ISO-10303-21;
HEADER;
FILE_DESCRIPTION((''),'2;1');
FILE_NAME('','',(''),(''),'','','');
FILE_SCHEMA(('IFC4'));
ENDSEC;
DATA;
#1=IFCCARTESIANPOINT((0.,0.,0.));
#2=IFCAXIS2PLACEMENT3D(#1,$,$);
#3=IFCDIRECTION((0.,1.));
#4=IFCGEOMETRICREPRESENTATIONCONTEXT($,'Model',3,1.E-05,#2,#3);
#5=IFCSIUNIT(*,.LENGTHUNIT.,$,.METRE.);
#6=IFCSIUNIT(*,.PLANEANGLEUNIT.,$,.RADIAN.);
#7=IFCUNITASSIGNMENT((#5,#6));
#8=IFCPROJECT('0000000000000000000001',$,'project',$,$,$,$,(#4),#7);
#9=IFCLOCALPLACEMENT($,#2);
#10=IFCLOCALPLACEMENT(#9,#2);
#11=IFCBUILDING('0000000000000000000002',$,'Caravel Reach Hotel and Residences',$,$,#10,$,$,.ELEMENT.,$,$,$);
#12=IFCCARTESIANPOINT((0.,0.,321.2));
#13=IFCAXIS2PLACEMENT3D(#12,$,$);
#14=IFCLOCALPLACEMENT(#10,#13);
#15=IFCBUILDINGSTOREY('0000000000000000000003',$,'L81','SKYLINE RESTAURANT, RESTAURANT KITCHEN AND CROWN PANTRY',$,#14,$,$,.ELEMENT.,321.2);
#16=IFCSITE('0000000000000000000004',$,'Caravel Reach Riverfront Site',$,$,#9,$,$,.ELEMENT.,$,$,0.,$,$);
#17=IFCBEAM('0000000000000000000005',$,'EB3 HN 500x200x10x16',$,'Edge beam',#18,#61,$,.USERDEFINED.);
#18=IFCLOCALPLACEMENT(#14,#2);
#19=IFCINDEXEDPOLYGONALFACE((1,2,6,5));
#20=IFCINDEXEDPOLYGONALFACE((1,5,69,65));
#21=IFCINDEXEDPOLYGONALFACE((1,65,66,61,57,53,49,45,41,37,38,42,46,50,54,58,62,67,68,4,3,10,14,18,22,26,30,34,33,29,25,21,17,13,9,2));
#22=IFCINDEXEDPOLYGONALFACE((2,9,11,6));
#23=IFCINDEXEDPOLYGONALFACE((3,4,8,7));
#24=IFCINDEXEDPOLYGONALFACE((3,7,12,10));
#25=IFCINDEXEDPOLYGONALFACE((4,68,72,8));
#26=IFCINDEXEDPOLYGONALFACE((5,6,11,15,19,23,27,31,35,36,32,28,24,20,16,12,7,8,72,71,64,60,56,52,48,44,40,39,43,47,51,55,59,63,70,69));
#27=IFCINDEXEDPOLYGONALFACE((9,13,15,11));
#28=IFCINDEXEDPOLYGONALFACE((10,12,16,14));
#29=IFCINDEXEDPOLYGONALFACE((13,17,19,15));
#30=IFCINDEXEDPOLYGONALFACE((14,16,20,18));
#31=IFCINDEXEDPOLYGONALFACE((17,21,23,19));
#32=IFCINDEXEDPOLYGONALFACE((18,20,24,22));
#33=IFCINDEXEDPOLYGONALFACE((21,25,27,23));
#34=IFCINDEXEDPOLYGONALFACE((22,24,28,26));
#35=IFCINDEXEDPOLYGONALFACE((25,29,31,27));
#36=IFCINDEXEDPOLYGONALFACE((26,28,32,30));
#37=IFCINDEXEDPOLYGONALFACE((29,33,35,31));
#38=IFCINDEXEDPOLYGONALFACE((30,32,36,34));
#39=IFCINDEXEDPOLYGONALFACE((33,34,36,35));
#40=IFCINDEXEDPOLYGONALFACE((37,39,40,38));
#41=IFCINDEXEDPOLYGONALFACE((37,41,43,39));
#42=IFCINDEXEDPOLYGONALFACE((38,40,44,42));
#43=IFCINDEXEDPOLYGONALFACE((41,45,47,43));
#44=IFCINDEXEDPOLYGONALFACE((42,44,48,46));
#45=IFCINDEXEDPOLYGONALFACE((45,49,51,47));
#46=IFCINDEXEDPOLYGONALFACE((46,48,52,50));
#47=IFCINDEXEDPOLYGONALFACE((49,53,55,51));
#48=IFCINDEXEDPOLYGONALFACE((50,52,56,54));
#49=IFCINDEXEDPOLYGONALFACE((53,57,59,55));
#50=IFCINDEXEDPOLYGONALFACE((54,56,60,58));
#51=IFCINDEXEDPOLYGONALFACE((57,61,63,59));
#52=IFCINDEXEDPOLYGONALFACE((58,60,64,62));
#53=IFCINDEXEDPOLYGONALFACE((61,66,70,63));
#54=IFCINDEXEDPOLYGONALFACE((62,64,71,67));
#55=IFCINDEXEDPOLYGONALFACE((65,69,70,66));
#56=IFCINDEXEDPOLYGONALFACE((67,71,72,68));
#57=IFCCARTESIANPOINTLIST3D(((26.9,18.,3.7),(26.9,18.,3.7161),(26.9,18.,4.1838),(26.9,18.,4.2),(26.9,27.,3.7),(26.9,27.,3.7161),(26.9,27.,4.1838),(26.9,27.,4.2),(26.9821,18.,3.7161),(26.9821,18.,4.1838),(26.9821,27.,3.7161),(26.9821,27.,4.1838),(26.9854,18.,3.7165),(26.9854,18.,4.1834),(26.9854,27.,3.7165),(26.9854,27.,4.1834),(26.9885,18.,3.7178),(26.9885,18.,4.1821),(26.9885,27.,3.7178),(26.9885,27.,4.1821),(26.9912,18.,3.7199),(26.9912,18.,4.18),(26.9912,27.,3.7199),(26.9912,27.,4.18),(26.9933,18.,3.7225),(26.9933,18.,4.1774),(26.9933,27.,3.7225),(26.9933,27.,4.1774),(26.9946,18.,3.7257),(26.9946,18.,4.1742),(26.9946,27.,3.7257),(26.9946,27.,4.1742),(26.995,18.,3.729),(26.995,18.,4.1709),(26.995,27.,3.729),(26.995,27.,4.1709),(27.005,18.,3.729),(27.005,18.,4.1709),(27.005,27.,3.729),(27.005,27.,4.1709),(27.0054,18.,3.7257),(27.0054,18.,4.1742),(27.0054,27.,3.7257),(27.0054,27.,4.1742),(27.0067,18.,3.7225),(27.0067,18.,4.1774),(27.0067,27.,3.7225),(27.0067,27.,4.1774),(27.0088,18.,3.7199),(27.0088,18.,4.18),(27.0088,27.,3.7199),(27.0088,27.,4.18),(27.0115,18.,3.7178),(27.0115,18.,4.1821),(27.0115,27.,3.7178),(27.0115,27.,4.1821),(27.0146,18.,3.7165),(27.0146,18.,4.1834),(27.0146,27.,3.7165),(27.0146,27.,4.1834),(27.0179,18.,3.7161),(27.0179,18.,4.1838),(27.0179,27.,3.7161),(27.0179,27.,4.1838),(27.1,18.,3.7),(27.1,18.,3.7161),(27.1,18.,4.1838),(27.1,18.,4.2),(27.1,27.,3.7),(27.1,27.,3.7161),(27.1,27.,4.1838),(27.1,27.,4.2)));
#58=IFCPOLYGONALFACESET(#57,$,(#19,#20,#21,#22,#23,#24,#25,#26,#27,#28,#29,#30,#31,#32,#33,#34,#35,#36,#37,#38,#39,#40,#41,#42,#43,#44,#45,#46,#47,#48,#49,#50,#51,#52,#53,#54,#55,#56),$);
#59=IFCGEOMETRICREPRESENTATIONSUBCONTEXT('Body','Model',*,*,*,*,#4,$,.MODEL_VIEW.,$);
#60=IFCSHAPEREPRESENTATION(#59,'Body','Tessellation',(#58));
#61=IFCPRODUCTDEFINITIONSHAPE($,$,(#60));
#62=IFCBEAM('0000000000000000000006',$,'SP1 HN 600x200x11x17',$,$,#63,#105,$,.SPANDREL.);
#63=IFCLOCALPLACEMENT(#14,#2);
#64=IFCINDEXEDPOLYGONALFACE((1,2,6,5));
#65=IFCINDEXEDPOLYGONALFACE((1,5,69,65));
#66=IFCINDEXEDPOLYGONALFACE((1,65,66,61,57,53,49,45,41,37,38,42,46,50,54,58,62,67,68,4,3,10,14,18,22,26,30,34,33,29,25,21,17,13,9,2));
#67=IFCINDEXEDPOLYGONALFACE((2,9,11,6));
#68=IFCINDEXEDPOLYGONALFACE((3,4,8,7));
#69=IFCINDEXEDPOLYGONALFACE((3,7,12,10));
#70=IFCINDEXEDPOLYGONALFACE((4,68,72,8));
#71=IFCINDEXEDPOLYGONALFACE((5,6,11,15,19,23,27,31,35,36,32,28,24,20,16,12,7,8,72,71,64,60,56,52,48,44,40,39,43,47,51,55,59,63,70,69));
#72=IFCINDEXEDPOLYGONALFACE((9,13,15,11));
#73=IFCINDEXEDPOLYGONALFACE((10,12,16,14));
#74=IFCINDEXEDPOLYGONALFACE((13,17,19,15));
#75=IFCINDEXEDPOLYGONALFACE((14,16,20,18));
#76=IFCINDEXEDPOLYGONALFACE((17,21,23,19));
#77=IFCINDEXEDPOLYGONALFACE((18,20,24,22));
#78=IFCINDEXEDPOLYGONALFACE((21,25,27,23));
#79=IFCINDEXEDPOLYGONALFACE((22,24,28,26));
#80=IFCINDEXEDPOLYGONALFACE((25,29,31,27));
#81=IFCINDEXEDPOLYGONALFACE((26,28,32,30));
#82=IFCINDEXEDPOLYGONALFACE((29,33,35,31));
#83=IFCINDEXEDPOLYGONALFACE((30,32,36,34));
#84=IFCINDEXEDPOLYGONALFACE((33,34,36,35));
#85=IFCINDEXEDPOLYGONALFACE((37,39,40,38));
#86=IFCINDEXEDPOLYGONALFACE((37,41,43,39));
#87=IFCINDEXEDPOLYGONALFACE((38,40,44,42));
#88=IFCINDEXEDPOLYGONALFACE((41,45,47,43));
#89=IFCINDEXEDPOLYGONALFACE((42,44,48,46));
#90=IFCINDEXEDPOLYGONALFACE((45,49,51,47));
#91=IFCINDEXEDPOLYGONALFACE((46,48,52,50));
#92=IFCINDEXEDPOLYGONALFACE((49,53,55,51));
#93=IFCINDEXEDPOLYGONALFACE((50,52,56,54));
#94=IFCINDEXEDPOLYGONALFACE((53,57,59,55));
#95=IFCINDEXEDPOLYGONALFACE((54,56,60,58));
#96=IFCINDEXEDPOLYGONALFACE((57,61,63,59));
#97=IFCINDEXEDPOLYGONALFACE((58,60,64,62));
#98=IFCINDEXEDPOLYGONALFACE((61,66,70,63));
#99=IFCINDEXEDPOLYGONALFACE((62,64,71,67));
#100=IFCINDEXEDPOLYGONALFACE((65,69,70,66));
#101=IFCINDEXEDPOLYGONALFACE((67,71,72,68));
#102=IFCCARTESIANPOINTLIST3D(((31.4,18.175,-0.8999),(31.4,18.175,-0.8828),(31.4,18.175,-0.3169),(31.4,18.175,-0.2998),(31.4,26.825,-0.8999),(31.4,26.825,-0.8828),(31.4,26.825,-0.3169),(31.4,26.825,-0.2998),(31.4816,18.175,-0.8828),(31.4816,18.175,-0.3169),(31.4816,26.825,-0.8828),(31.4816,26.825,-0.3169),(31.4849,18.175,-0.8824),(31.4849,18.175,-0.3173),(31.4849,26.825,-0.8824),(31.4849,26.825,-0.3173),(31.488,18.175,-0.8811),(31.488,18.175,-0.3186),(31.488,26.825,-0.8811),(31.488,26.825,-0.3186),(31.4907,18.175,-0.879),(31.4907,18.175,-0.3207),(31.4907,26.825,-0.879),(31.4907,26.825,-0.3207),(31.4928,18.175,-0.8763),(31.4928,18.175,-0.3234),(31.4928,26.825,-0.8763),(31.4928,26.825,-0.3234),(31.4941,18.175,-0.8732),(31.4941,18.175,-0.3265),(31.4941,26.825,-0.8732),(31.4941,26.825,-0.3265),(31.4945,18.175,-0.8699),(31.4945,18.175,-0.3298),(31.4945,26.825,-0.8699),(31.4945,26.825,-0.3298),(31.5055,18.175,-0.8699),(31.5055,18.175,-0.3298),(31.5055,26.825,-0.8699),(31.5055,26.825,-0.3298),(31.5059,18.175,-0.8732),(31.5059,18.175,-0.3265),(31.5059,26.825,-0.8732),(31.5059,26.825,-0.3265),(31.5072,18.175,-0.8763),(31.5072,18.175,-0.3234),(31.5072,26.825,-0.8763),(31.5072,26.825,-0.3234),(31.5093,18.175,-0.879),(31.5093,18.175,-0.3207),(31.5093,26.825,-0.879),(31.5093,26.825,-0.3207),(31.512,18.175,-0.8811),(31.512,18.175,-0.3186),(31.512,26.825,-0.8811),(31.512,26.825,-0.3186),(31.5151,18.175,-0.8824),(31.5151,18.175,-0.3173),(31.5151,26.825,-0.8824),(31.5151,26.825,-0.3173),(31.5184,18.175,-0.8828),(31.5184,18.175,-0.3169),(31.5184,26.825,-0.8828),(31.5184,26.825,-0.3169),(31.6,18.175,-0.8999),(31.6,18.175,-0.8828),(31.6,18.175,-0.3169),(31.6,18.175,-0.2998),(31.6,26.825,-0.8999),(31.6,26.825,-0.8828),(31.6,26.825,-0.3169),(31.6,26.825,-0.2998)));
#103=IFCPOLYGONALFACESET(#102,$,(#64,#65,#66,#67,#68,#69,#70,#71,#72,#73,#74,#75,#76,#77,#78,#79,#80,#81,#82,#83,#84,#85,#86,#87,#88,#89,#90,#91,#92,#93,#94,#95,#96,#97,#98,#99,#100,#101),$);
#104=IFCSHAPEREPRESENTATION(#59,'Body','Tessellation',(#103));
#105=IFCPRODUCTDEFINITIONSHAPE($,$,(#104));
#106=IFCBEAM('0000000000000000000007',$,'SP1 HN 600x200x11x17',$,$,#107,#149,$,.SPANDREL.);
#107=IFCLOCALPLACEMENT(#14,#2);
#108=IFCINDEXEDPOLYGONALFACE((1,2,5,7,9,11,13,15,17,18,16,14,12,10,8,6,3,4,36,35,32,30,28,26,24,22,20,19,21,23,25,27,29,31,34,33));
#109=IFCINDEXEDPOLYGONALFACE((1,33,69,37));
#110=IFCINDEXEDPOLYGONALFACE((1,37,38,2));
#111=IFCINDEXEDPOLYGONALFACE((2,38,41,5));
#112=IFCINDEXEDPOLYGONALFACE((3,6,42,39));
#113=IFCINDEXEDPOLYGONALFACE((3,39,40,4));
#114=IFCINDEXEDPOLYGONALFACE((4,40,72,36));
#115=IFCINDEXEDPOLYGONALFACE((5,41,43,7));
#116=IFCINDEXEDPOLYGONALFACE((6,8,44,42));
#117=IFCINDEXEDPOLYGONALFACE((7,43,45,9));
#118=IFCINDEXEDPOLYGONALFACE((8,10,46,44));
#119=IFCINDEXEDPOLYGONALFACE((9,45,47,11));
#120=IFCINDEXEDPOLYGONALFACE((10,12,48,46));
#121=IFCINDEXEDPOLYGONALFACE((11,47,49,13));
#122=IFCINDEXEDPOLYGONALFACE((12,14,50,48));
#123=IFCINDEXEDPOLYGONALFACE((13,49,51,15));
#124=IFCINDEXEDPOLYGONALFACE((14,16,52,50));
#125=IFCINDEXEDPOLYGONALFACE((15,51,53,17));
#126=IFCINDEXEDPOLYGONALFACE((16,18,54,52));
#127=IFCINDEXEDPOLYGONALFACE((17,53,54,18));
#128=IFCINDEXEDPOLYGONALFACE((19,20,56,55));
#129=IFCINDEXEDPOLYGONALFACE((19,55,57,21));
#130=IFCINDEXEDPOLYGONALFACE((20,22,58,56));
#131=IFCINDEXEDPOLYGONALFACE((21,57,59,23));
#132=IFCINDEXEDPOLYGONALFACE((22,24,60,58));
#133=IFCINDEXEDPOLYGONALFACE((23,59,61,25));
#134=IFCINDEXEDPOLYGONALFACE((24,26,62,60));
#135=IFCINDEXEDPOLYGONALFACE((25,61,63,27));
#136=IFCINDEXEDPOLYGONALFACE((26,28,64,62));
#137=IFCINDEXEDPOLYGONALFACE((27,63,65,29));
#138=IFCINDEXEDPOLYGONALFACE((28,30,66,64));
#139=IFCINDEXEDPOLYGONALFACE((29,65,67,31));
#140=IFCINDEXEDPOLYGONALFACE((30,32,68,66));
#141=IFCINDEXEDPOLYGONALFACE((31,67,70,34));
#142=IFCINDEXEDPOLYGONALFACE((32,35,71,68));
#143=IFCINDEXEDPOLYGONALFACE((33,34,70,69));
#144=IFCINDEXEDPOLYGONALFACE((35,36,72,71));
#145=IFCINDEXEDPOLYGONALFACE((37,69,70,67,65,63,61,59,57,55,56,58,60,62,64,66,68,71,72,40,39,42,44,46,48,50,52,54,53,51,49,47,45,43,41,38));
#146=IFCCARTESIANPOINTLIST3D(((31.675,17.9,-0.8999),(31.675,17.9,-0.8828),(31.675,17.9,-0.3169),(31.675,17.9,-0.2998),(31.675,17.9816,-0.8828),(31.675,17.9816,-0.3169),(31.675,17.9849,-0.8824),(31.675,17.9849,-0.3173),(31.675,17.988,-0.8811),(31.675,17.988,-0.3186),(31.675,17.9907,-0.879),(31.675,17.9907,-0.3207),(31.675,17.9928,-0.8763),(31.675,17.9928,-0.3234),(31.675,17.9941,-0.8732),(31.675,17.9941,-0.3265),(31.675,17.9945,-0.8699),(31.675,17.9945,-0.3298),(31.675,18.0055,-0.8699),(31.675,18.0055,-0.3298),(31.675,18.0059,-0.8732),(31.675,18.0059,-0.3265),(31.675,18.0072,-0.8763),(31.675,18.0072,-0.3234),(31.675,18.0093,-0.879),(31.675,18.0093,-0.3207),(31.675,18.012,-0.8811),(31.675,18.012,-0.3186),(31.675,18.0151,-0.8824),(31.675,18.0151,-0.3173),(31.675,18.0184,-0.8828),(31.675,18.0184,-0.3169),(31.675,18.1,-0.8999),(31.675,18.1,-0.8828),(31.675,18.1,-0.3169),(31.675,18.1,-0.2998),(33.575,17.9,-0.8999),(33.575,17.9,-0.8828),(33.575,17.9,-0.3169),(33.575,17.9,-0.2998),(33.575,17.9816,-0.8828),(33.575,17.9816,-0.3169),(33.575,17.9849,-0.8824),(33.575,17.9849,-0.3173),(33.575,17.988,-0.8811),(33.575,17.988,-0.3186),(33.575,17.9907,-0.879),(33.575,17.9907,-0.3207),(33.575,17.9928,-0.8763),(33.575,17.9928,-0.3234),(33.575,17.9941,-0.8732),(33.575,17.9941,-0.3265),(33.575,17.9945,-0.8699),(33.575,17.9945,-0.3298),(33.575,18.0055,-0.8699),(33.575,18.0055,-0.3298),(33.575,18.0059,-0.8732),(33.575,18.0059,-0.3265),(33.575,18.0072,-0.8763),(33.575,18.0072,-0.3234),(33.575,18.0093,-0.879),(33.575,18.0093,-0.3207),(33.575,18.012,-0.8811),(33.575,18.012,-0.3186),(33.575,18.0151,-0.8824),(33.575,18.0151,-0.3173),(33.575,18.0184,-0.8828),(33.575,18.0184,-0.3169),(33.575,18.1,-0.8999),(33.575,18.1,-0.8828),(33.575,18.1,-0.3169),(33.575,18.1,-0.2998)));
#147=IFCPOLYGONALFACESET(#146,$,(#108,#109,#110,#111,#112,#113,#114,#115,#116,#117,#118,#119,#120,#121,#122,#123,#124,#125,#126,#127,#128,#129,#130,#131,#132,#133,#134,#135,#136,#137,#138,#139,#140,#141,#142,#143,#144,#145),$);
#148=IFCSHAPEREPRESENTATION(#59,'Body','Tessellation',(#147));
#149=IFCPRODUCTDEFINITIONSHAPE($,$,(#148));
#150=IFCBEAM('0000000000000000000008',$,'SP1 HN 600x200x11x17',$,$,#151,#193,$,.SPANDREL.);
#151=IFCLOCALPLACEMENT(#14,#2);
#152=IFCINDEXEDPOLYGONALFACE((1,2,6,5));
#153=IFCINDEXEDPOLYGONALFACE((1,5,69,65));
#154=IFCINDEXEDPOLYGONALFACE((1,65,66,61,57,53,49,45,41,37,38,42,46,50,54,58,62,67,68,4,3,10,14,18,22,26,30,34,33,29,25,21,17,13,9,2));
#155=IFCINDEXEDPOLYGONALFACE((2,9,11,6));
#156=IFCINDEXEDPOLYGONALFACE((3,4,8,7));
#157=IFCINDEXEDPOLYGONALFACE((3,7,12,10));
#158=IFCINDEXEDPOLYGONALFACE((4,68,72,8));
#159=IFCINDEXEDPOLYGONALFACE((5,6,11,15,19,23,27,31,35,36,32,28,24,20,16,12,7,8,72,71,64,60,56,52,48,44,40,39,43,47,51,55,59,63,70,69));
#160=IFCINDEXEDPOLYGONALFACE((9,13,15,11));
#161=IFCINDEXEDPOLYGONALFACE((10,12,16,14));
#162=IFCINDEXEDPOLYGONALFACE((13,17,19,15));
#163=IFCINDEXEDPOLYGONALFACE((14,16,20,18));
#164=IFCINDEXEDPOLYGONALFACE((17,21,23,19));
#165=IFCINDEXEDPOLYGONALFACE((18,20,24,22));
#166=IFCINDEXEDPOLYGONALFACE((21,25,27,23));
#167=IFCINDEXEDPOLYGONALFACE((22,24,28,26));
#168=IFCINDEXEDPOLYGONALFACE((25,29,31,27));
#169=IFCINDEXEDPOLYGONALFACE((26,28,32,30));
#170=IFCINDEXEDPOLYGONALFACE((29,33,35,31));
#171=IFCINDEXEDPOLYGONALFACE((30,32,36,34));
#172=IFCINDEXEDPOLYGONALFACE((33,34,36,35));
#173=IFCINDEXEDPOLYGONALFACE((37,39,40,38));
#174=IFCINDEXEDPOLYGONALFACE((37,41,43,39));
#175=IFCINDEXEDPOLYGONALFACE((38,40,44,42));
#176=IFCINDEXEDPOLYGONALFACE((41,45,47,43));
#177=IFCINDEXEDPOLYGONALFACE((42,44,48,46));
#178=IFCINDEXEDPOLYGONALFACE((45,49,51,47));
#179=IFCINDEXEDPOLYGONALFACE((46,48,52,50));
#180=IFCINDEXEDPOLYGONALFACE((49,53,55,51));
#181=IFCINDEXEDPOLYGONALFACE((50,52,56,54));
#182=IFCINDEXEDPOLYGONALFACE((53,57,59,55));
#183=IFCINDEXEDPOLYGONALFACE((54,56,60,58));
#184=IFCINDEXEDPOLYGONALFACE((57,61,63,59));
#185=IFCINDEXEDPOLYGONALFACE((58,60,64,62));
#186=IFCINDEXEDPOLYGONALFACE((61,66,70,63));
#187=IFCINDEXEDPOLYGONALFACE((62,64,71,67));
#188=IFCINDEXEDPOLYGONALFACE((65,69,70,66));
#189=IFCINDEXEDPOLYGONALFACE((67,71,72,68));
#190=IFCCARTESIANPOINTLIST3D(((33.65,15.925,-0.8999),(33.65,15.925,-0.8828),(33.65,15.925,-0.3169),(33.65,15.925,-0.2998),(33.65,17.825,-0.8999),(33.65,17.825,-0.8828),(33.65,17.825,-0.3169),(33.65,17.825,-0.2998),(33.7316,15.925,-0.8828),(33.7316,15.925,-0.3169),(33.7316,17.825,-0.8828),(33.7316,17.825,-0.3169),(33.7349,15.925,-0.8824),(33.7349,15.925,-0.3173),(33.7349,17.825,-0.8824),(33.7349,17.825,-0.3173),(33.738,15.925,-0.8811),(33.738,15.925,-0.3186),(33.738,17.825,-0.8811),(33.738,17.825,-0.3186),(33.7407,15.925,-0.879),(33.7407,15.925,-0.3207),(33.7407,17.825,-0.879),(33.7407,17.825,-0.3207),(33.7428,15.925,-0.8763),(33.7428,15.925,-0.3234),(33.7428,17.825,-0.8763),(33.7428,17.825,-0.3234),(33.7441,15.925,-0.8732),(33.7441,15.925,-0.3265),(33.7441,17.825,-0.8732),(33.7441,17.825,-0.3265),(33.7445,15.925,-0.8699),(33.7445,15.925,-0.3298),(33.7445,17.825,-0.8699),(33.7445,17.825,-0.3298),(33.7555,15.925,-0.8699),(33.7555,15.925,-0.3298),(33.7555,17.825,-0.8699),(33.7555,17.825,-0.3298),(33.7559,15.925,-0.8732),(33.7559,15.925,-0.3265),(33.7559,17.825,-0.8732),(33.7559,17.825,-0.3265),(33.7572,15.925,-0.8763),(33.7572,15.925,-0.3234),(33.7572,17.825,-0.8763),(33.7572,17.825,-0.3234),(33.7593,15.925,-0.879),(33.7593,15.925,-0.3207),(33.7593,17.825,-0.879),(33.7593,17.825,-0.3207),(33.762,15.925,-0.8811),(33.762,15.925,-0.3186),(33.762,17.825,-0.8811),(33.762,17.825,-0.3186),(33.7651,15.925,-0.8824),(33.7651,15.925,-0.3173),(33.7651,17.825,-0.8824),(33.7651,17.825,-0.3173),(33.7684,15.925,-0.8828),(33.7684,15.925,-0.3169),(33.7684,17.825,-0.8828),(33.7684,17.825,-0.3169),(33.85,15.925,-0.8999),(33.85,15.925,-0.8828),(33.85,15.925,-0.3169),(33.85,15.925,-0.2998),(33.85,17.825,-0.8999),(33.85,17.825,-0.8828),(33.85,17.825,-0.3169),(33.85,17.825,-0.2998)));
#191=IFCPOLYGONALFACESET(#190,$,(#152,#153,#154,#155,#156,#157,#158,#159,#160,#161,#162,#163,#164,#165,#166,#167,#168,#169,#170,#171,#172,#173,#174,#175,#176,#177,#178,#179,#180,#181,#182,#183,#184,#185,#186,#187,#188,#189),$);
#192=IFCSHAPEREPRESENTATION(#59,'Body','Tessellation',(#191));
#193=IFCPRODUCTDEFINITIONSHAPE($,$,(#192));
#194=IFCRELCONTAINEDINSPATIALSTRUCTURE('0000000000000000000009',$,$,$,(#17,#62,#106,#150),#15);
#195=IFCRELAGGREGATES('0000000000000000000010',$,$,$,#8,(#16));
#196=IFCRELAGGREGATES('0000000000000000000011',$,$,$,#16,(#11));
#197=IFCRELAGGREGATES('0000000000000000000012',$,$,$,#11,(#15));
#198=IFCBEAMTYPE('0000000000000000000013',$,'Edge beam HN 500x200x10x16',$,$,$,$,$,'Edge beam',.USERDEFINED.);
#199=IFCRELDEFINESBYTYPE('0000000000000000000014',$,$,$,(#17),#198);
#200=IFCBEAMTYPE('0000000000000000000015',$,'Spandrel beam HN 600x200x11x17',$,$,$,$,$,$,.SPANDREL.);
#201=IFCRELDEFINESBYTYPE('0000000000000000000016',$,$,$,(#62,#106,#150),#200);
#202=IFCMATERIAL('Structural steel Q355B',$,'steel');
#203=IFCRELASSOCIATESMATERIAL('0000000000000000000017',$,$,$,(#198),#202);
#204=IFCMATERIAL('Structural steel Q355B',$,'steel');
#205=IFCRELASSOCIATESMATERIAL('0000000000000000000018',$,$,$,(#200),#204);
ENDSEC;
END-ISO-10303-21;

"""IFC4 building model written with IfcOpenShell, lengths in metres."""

from ifc_helpers import new_model, si_unit, direction, frame, origin, origin_2d, place, context, subcontext, project, spatial, i_section, extrude, material, material_profile, profile_set, type_object, element, save


model = new_model("IFC4")

# Units and contexts
model_context = context("Model", 3, precision=1e-05, world=origin(), true_north=direction((0.0, 1.0)))
body_context = subcontext(model_context, "Body", "Model", "MODEL_VIEW")
ifc_project = project(units=[si_unit("LENGTHUNIT", "METRE"), si_unit("PLANEANGLEUNIT", "RADIAN")], contexts=[model_context])

# Site, building, storey
site_placement = place(None, origin())
site = spatial("IfcSite", under=ifc_project, at=site_placement, Name="Caravel Reach Riverfront Site", CompositionType="ELEMENT", RefElevation=0.0)
building_placement = place(site_placement, origin())
building = spatial("IfcBuilding", under=site, at=building_placement, Name="Caravel Reach Hotel and Residences", CompositionType="ELEMENT")
storey_placement = place(building_placement, frame((0.0, 0.0, 321.2)))
storey = spatial("IfcBuildingStorey", under=building, at=storey_placement, Name="L81", Description="SKYLINE RESTAURANT, RESTAURANT KITCHEN AND CROWN PANTRY", CompositionType="ELEMENT", Elevation=321.2)

# Beams
ifc_material_1 = material(Name="Structural steel Q355B", Category="steel")
ifc_material_profile_1 = material_profile(ifc_material_1, i_section(OverallWidth=0.2, OverallDepth=0.5, WebThickness=0.01, FlangeThickness=0.0161, FilletRadius=0.0129, at=origin_2d()), Name="HN 500x200x10x16")
ifc_profile_set_1 = profile_set([ifc_material_profile_1], Name="Structural steel Q355B")
beam_type_1 = type_object("IfcBeamType", Name="Edge beam HN 500x200x10x16", ElementType="Edge beam", PredefinedType="USERDEFINED", material=ifc_profile_set_1)
beam_1_placement = place(storey_placement, frame((27.0, 18.0, 3.95), z_axis=(0.0, 1.0, 0.0), x_axis=(-1.0, 0.0, 0.0)))
element("IfcBeam", 1, at=beam_1_placement, inside=storey, type_object=beam_type_1, Name="EB3 HN 500x200x10x16", ObjectType="Edge beam", PredefinedType="USERDEFINED", context=body_context, shape_type="SweptSolid", body=[
    extrude(i_section(OverallWidth=0.2, OverallDepth=0.5, WebThickness=0.01, FlangeThickness=0.0161, FilletRadius=0.0129, at=origin_2d()), origin(), (0.0, 0.0, 1.0), 9.0),
])
ifc_material_2 = material(Name="Structural steel Q355B", Category="steel")
ifc_material_profile_2 = material_profile(ifc_material_2, i_section(OverallWidth=0.2, OverallDepth=0.6001, WebThickness=0.011, FlangeThickness=0.0171, FilletRadius=0.0129, at=origin_2d()), Name="HN 600x200x11x17")
ifc_profile_set_2 = profile_set([ifc_material_profile_2], Name="Structural steel Q355B")
beam_type_2 = type_object("IfcBeamType", Name="Spandrel beam HN 600x200x11x17", PredefinedType="SPANDREL", material=ifc_profile_set_2)
beam_2_placement = place(storey_placement, frame((31.5, 26.825, -0.5999), z_axis=(0.0, -1.0, 0.0), x_axis=(1.0, 0.0, 0.0)))
element("IfcBeam", 2, at=beam_2_placement, inside=storey, type_object=beam_type_2, Name="SP1 HN 600x200x11x17", PredefinedType="SPANDREL", context=body_context, shape_type="SweptSolid", body=[
    extrude(i_section(OverallWidth=0.2, OverallDepth=0.6001, WebThickness=0.011, FlangeThickness=0.0171, FilletRadius=0.0129, at=origin_2d()), origin(), (0.0, 0.0, 1.0), 8.6499),
])
for number, where, z_axis, x_axis, name in (
    (3, (31.675, 18.0, -0.5999), (1.0, 0.0, 0.0), (0.0, 1.0, 0.0), "SP1 HN 600x200x11x17"),
    (4, (33.75, 17.825, -0.5999), (0.0, -1.0, 0.0), (1.0, 0.0, 0.0), "SP1 HN 600x200x11x17"),
):
    element("IfcBeam", number, at=place(storey_placement, frame(where, z_axis=z_axis, x_axis=x_axis)), inside=storey, type_object=beam_type_2, Name=name, PredefinedType="SPANDREL", context=body_context, shape_type="SweptSolid", body=[
        extrude(i_section(OverallWidth=0.2, OverallDepth=0.6001, WebThickness=0.011, FlangeThickness=0.0171, FilletRadius=0.0129, at=origin_2d()), origin(), (0.0, 0.0, 1.0), 1.8999),
    ])

save(model, "model.ifc")
